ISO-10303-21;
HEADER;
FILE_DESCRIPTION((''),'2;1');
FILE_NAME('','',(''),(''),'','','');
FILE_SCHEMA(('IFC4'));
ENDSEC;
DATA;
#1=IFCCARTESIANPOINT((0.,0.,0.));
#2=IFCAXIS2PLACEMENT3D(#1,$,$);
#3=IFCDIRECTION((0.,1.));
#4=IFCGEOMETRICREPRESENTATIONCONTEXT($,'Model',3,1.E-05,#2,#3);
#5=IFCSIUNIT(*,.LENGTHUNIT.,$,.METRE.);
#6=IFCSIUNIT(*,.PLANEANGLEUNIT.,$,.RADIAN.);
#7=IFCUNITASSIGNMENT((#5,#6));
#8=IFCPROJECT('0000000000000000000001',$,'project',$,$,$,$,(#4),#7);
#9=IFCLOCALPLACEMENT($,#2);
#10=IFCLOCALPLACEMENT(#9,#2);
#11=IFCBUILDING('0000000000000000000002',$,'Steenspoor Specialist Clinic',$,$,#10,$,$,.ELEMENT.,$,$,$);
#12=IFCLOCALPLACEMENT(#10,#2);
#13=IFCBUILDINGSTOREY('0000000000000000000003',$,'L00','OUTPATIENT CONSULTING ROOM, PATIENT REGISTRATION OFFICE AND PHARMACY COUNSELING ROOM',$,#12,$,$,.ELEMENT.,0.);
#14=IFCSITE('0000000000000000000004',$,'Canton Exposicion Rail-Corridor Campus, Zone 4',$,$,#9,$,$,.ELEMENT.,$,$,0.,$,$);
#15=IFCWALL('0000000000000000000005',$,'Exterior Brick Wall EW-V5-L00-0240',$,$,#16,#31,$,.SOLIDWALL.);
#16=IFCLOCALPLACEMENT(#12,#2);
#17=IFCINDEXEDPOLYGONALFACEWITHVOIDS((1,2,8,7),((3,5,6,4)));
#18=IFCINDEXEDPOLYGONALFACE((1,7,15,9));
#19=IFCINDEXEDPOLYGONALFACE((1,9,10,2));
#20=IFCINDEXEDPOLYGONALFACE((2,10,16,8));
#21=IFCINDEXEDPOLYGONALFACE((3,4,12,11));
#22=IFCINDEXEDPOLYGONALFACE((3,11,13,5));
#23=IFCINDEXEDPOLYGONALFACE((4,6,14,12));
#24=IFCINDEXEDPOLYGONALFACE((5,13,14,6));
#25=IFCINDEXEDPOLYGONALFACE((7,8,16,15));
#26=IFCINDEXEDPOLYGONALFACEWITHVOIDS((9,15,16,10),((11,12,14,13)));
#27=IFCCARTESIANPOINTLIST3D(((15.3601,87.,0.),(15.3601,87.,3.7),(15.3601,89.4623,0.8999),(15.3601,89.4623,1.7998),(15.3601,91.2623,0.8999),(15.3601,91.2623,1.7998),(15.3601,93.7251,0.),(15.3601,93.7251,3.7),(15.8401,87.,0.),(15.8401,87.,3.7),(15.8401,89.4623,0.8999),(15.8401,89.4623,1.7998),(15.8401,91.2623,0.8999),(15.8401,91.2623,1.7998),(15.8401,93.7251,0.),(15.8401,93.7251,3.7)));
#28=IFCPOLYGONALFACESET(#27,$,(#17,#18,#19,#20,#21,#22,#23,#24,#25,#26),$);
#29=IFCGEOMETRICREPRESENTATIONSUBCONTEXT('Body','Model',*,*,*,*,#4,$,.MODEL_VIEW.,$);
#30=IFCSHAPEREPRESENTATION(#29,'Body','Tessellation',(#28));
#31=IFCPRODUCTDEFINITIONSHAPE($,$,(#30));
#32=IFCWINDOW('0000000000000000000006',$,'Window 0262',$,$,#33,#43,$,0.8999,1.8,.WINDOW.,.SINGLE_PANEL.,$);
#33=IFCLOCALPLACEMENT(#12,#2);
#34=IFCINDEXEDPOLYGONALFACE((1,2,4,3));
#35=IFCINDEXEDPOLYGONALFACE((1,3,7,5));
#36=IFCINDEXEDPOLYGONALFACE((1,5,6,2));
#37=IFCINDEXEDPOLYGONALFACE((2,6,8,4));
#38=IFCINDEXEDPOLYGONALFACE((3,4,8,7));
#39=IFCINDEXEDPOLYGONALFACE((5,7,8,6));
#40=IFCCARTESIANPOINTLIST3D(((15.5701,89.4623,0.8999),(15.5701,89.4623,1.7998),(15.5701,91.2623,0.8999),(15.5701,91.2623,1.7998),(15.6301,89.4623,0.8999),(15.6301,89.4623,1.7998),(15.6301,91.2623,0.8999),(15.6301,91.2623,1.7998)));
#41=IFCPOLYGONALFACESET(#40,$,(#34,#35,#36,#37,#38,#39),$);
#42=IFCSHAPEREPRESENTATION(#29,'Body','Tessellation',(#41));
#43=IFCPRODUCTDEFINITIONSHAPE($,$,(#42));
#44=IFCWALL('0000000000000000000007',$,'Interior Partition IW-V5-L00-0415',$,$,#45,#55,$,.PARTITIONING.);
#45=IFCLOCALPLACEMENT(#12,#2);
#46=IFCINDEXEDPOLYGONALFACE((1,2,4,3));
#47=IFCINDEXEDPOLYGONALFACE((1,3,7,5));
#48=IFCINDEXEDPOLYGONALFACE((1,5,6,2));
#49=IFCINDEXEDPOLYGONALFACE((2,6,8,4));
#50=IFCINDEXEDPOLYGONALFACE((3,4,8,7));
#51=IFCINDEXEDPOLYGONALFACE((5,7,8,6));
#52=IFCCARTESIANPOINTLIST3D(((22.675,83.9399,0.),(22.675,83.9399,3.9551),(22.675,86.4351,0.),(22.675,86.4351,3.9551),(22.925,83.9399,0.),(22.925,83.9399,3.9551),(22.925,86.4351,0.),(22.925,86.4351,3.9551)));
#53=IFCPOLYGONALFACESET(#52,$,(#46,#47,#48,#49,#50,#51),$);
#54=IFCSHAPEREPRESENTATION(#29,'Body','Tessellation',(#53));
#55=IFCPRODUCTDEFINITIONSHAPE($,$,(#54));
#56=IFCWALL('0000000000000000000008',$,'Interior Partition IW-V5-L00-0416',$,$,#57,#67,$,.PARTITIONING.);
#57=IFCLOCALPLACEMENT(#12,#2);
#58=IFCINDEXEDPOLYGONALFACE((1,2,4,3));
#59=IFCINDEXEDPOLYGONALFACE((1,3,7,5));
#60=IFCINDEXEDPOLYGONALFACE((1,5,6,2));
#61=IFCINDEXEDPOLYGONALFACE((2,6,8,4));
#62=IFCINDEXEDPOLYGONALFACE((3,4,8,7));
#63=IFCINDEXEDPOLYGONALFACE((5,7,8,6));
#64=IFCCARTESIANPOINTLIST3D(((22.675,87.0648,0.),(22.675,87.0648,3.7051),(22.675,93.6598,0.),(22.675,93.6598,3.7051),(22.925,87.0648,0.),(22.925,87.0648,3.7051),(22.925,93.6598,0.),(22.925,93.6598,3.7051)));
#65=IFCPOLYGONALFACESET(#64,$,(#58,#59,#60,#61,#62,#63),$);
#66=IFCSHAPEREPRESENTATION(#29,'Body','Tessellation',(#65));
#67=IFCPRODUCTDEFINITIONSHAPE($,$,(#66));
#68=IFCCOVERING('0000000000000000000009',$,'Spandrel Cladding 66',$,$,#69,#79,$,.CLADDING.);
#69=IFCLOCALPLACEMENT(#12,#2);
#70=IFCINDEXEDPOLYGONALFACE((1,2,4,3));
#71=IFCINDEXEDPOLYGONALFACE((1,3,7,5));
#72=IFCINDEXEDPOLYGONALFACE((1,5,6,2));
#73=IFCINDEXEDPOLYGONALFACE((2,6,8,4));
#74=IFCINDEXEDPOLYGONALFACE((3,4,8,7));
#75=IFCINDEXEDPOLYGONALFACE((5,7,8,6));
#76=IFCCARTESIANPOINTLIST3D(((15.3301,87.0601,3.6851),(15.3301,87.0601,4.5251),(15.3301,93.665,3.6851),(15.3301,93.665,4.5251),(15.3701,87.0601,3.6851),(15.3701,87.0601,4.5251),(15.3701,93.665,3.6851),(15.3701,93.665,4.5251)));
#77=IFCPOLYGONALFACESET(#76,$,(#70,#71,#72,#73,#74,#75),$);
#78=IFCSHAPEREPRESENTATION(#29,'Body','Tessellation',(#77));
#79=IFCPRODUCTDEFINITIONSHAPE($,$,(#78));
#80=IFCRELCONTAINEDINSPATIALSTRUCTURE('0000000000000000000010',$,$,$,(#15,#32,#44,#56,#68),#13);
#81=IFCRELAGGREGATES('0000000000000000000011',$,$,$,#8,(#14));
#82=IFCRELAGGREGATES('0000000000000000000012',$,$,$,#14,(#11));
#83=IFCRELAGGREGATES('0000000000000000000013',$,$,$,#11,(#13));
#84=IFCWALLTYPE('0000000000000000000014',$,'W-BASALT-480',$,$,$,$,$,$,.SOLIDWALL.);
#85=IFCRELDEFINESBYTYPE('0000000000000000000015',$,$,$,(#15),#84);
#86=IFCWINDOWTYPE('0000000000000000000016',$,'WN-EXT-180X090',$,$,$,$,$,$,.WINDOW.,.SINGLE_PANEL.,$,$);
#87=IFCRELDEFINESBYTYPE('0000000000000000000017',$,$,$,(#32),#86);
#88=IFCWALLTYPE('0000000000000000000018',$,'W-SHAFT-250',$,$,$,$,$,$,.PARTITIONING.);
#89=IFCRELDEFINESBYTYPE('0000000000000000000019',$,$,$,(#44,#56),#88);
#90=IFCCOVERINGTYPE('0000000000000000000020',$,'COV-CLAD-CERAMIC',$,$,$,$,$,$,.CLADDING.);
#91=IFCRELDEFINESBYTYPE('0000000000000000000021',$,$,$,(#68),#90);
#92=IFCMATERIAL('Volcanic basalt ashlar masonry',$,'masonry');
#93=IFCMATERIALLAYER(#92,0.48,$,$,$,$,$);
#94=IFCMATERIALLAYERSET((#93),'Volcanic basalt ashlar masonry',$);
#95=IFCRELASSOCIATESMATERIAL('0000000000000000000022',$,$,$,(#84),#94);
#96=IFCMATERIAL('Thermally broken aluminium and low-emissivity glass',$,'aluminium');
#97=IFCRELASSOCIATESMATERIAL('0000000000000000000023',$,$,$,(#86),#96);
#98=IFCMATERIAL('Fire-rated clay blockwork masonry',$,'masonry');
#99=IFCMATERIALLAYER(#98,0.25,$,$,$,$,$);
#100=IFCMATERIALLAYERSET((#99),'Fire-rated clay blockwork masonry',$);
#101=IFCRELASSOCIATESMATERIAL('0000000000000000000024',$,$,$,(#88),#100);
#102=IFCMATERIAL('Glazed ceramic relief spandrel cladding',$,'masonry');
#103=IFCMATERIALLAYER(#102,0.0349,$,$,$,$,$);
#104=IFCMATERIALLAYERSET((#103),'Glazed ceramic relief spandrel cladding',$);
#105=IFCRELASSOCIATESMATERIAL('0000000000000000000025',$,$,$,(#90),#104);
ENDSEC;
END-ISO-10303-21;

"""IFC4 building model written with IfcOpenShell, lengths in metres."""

from ifc_helpers import new_model, si_unit, direction, frame, frame_2d, origin, origin_2d, place, context, subcontext, project, spatial, rectangle, extrude, material, layer, layer_set, type_object, element, fill, save


model = new_model("IFC4")

# Units and contexts
model_context = context("Model", 3, precision=1e-05, world=origin(), true_north=direction((0.0, 1.0)))
body_context = subcontext(model_context, "Body", "Model", "MODEL_VIEW")
ifc_project = project(units=[si_unit("LENGTHUNIT", "METRE"), si_unit("PLANEANGLEUNIT", "RADIAN")], contexts=[model_context])

# Site, building, storey
site_placement = place(None, origin())
site = spatial("IfcSite", under=ifc_project, at=site_placement, Name="Canton Exposicion Rail-Corridor Campus, Zone 4", CompositionType="ELEMENT", RefElevation=0.0)
building_placement = place(site_placement, origin())
building = spatial("IfcBuilding", under=site, at=building_placement, Name="Steenspoor Specialist Clinic", CompositionType="ELEMENT")
storey_placement = place(building_placement, origin())
storey = spatial("IfcBuildingStorey", under=building, at=storey_placement, Name="L00", Description="OUTPATIENT CONSULTING ROOM, PATIENT REGISTRATION OFFICE AND PHARMACY COUNSELING ROOM", CompositionType="ELEMENT", Elevation=0.0)

# Wall, opening, window
ifc_material_1 = material(Name="Volcanic basalt ashlar masonry", Category="masonry")
ifc_layer_1 = layer(ifc_material_1, 0.48)
ifc_layer_set_1 = layer_set([ifc_layer_1], Name="Volcanic basalt ashlar masonry")
wall_type_1 = type_object("IfcWallType", Name="W-BASALT-480", PredefinedType="SOLIDWALL", material=ifc_layer_set_1)
wall_1_placement = place(storey_placement, frame((15.6001, 87.0, 0.0), z_axis=(0.0, 0.0, 1.0), x_axis=(0.0, 1.0, 0.0)))
wall_1 = element("IfcWall", 1, at=wall_1_placement, inside=storey, type_object=wall_type_1, Name="Exterior Brick Wall EW-V5-L00-0240", PredefinedType="SOLIDWALL", context=body_context, shape_type="SweptSolid", body=[
    extrude(rectangle(XDim=6.7251, YDim=0.48, at=frame_2d((3.3625, 0.0))), origin(), (0.0, 0.0, 1.0), 3.7),
])
opening_placement = place(wall_1_placement, frame((2.4624, 0.0, 0.8999)))
opening = element("IfcOpeningElement", 2, at=opening_placement, cuts=wall_1, PredefinedType="OPENING", context=body_context, shape_type="SweptSolid", body=[
    extrude(rectangle(XDim=1.8, YDim=0.8999, at=frame_2d((0.8999, 0.45))), frame((0.0, 0.25, 0.0), z_axis=(0.0, -1.0, 0.0), x_axis=(1.0, 0.0, 0.0)), (0.0, 0.0, 1.0), 0.5),
])
ifc_material_2 = material(Name="Thermally broken aluminium and low-emissivity glass", Category="aluminium")
window_type = type_object("IfcWindowType", Name="WN-EXT-180X090", PartitioningType="SINGLE_PANEL", PredefinedType="WINDOW", material=ifc_material_2)
window_placement = place(opening_placement, origin())
window = element("IfcWindow", 3, at=window_placement, inside=storey, type_object=window_type, Name="Window 0262", OverallHeight=0.8999, OverallWidth=1.8, PartitioningType="SINGLE_PANEL", PredefinedType="WINDOW", context=body_context, shape_type="SweptSolid", body=[
    extrude(rectangle(XDim=1.8, YDim=0.8999, at=frame_2d((0.8999, 0.45))), frame((0.0, 0.03, 0.0), z_axis=(0.0, -1.0, 0.0), x_axis=(1.0, 0.0, 0.0)), (0.0, 0.0, 1.0), 0.0601),
])
fill(opening, window)

# Walls
ifc_material_3 = material(Name="Fire-rated clay blockwork masonry", Category="masonry")
ifc_layer_2 = layer(ifc_material_3, 0.25)
ifc_layer_set_2 = layer_set([ifc_layer_2], Name="Fire-rated clay blockwork masonry")
wall_type_2 = type_object("IfcWallType", Name="W-SHAFT-250", PredefinedType="PARTITIONING", material=ifc_layer_set_2)
wall_2_placement = place(storey_placement, frame((22.8, 83.9399, 0.0), z_axis=(0.0, 0.0, 1.0), x_axis=(0.0, 1.0, 0.0)))
element("IfcWall", 4, at=wall_2_placement, inside=storey, type_object=wall_type_2, Name="Interior Partition IW-V5-L00-0415", PredefinedType="PARTITIONING", context=body_context, shape_type="SweptSolid", body=[
    extrude(rectangle(XDim=2.4951, YDim=0.25, at=frame_2d((1.2476, 0.0))), origin(), (0.0, 0.0, 1.0), 3.9551),
])
wall_3_placement = place(storey_placement, frame((22.8, 87.0649, 0.0), z_axis=(0.0, 0.0, 1.0), x_axis=(0.0, 1.0, 0.0)))
element("IfcWall", 5, at=wall_3_placement, inside=storey, type_object=wall_type_2, Name="Interior Partition IW-V5-L00-0416", PredefinedType="PARTITIONING", context=body_context, shape_type="SweptSolid", body=[
    extrude(rectangle(XDim=6.595, YDim=0.25, at=frame_2d((3.2974, 0.0))), origin(), (0.0, 0.0, 1.0), 3.7051),
])

# Covering
ifc_material_4 = material(Name="Glazed ceramic relief spandrel cladding", Category="masonry")
ifc_layer_3 = layer(ifc_material_4, 0.0349)
ifc_layer_set_3 = layer_set([ifc_layer_3], Name="Glazed ceramic relief spandrel cladding")
covering_type = type_object("IfcCoveringType", Name="COV-CLAD-CERAMIC", PredefinedType="CLADDING", material=ifc_layer_set_3)
covering_placement = place(storey_placement, frame((15.3501, 90.3625, 3.6851), z_axis=(0.0, 0.0, 1.0), x_axis=(0.0, 1.0, 0.0)))
element("IfcCovering", 6, at=covering_placement, inside=storey, type_object=covering_type, Name="Spandrel Cladding 66", PredefinedType="CLADDING", context=body_context, shape_type="SweptSolid", body=[
    extrude(rectangle(XDim=6.605, YDim=0.04, at=origin_2d()), origin(), (0.0, 0.0, 1.0), 0.8401),
])

save(model, "model.ifc")
